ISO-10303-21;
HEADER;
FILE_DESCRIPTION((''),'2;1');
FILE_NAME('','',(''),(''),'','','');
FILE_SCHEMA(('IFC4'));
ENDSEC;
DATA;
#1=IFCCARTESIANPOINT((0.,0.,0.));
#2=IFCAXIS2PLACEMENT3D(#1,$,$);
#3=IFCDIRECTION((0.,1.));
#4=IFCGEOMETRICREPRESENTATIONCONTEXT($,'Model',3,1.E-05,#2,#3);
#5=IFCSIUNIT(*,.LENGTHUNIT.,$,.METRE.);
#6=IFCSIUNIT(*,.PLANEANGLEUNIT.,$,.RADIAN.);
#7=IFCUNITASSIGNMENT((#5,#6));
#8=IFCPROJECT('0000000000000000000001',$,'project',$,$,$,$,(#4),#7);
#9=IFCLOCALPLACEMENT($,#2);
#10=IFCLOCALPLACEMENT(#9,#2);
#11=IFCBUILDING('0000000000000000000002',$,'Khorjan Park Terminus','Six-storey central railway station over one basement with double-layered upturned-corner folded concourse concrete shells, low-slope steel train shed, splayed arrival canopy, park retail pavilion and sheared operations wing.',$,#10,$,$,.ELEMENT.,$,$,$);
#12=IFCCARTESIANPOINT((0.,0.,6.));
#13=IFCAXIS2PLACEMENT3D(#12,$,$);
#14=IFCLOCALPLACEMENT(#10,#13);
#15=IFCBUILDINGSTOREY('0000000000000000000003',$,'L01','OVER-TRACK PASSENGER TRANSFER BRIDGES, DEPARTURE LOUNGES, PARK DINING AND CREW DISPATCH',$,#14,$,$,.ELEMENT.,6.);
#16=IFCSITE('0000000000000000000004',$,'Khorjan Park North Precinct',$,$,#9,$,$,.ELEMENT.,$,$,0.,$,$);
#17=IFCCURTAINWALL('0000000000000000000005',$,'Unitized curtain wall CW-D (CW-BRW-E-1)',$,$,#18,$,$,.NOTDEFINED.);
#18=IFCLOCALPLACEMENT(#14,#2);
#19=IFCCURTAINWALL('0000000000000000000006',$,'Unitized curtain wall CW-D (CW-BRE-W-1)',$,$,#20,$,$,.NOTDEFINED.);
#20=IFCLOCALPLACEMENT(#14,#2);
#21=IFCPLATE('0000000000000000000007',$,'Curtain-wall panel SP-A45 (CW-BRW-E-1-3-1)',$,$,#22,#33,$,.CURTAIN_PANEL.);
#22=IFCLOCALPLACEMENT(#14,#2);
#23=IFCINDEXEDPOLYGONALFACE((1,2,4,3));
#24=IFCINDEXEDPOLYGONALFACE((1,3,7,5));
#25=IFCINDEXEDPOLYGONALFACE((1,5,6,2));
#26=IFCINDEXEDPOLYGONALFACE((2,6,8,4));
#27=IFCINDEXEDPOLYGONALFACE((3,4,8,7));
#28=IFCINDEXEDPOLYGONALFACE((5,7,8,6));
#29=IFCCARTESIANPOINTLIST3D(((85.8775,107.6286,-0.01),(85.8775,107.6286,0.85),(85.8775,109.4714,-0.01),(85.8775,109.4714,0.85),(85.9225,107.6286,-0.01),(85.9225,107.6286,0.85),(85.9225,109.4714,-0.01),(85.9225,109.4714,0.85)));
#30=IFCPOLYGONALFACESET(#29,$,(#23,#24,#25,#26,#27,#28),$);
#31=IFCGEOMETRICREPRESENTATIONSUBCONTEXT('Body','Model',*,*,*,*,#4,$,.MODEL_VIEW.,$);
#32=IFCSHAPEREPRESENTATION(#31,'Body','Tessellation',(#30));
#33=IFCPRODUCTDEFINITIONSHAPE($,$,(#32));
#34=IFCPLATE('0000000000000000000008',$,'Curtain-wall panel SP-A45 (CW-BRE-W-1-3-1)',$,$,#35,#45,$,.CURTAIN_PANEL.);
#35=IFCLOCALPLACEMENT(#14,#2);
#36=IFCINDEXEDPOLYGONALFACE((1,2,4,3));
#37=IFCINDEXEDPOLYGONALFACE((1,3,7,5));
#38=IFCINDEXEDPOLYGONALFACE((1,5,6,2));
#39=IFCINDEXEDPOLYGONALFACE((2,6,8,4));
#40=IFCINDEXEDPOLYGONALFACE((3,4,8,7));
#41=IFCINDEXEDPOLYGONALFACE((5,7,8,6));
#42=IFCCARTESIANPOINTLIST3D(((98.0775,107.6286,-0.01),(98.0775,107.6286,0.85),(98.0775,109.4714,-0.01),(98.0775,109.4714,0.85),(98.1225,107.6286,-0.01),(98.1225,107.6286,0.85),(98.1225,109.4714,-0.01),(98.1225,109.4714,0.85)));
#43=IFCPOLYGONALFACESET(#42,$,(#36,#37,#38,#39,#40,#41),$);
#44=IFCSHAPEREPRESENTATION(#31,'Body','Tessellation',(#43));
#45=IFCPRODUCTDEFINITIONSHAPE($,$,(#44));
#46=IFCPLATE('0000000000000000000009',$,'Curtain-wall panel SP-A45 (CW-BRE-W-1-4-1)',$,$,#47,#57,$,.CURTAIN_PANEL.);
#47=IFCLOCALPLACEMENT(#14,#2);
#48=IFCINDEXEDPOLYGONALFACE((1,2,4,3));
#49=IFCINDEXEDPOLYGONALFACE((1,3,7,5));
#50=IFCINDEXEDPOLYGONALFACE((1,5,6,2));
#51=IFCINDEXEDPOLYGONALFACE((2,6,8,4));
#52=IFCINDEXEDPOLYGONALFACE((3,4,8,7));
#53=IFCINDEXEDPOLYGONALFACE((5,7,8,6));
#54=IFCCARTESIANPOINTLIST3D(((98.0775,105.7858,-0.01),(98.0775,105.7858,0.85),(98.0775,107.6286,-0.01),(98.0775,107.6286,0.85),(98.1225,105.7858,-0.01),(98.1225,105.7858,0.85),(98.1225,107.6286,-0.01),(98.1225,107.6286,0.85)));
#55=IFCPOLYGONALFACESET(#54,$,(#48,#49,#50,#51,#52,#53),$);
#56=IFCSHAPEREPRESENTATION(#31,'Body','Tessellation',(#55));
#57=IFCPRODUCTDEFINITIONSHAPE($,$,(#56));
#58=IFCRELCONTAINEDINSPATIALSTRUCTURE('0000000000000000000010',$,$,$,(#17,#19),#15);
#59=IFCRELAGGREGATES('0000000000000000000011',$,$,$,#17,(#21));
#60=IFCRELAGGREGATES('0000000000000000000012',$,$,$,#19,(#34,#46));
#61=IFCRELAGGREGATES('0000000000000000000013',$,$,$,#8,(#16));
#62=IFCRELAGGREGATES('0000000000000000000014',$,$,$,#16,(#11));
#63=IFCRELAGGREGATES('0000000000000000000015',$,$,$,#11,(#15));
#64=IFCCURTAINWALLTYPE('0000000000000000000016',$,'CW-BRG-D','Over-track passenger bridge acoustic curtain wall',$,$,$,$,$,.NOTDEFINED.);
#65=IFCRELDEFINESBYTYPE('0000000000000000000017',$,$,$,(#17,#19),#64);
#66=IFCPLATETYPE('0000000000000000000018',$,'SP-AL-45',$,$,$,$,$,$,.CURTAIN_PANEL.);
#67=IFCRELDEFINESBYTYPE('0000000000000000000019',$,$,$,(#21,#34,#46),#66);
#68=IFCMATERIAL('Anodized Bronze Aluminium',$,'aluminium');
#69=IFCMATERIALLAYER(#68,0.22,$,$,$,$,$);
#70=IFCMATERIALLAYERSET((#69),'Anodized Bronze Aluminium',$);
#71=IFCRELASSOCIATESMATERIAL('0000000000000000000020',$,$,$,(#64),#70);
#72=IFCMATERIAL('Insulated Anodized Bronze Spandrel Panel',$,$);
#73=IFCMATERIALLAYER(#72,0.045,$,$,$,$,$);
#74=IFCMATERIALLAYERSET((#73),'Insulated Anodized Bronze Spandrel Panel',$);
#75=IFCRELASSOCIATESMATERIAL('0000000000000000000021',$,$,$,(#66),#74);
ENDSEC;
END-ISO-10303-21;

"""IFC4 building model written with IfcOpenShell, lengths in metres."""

from ifc_helpers import new_model, si_unit, direction, frame, origin, origin_2d, place, context, subcontext, project, spatial, rectangle, extrude, material, layer, layer_set, type_object, element, aggregate, save


model = new_model("IFC4")

# Units and contexts
model_context = context("Model", 3, precision=1e-05, world=origin(), true_north=direction((0.0, 1.0)))
body_context = subcontext(model_context, "Body", "Model", "MODEL_VIEW")
ifc_project = project(units=[si_unit("LENGTHUNIT", "METRE"), si_unit("PLANEANGLEUNIT", "RADIAN")], contexts=[model_context])

# Site, building, storey
site_placement = place(None, origin())
site = spatial("IfcSite", under=ifc_project, at=site_placement, Name="Khorjan Park North Precinct", CompositionType="ELEMENT", RefElevation=0.0)
building_placement = place(site_placement, origin())
building = spatial("IfcBuilding", under=site, at=building_placement, Name="Khorjan Park Terminus", Description="Six-storey central railway station over one basement with double-layered upturned-corner folded concourse concrete shells, low-slope steel train shed, splayed arrival canopy, park retail pavilion and sheared operations wing.", CompositionType="ELEMENT")
storey_placement = place(building_placement, frame((0.0, 0.0, 6.0)))
storey = spatial("IfcBuildingStorey", under=building, at=storey_placement, Name="L01", Description="OVER-TRACK PASSENGER TRANSFER BRIDGES, DEPARTURE LOUNGES, PARK DINING AND CREW DISPATCH", CompositionType="ELEMENT", Elevation=6.0)

# Curtain walls
ifc_material_1 = material(Name="Anodized Bronze Aluminium", Category="aluminium")
ifc_layer_1 = layer(ifc_material_1, 0.22)
ifc_layer_set_1 = layer_set([ifc_layer_1], Name="Anodized Bronze Aluminium")
curtain_wall_type = type_object("IfcCurtainWallType", Name="CW-BRG-D", Description="Over-track passenger bridge acoustic curtain wall", PredefinedType="NOTDEFINED", material=ifc_layer_set_1)
curtain_wall_1_placement = place(storey_placement, origin())
curtain_wall_1 = element("IfcCurtainWall", 1, at=curtain_wall_1_placement, inside=storey, type_object=curtain_wall_type, Name="Unitized curtain wall CW-D (CW-BRW-E-1)", PredefinedType="NOTDEFINED")
curtain_wall_2_placement = place(storey_placement, origin())
curtain_wall_2 = element("IfcCurtainWall", 2, at=curtain_wall_2_placement, inside=storey, type_object=curtain_wall_type, Name="Unitized curtain wall CW-D (CW-BRE-W-1)", PredefinedType="NOTDEFINED")

# Plates
ifc_material_2 = material(Name="Insulated Anodized Bronze Spandrel Panel")
ifc_layer_2 = layer(ifc_material_2, 0.045)
ifc_layer_set_2 = layer_set([ifc_layer_2], Name="Insulated Anodized Bronze Spandrel Panel")
plate_type_1 = type_object("IfcPlateType", Name="SP-AL-45", PredefinedType="CURTAIN_PANEL", material=ifc_layer_set_2)
plate_1_placement = place(storey_placement, frame((85.9, 108.55, -0.01), z_axis=(0.0, 0.0, 1.0), x_axis=(0.0, 1.0, 0.0)))
plate_1 = element("IfcPlate", 3, at=plate_1_placement, type_object=plate_type_1, Name="Curtain-wall panel SP-A45 (CW-BRW-E-1-3-1)", PredefinedType="CURTAIN_PANEL", context=body_context, shape_type="SweptSolid", body=[
    extrude(rectangle(XDim=1.8429, YDim=0.045, at=origin_2d()), origin(), (0.0, 0.0, 1.0), 0.86),
])
aggregate(curtain_wall_1, [plate_1])
plate_2_placement = place(storey_placement, frame((98.1, 108.55, -0.01), z_axis=(0.0, 0.0, 1.0), x_axis=(0.0, -1.0, 0.0)))
plate_2 = element("IfcPlate", 4, at=plate_2_placement, type_object=plate_type_1, Name="Curtain-wall panel SP-A45 (CW-BRE-W-1-3-1)", PredefinedType="CURTAIN_PANEL", context=body_context, shape_type="SweptSolid", body=[
    extrude(rectangle(XDim=1.8429, YDim=0.045, at=origin_2d()), origin(), (0.0, 0.0, 1.0), 0.86),
])
plate_3_placement = place(storey_placement, frame((98.1, 106.7072, -0.01), z_axis=(0.0, 0.0, 1.0), x_axis=(0.0, -1.0, 0.0)))
plate_3 = element("IfcPlate", 5, at=plate_3_placement, type_object=plate_type_1, Name="Curtain-wall panel SP-A45 (CW-BRE-W-1-4-1)", PredefinedType="CURTAIN_PANEL", context=body_context, shape_type="SweptSolid", body=[
    extrude(rectangle(XDim=1.8429, YDim=0.045, at=origin_2d()), origin(), (0.0, 0.0, 1.0), 0.86),
])
aggregate(curtain_wall_2, [plate_2, plate_3])

save(model, "model.ifc")
